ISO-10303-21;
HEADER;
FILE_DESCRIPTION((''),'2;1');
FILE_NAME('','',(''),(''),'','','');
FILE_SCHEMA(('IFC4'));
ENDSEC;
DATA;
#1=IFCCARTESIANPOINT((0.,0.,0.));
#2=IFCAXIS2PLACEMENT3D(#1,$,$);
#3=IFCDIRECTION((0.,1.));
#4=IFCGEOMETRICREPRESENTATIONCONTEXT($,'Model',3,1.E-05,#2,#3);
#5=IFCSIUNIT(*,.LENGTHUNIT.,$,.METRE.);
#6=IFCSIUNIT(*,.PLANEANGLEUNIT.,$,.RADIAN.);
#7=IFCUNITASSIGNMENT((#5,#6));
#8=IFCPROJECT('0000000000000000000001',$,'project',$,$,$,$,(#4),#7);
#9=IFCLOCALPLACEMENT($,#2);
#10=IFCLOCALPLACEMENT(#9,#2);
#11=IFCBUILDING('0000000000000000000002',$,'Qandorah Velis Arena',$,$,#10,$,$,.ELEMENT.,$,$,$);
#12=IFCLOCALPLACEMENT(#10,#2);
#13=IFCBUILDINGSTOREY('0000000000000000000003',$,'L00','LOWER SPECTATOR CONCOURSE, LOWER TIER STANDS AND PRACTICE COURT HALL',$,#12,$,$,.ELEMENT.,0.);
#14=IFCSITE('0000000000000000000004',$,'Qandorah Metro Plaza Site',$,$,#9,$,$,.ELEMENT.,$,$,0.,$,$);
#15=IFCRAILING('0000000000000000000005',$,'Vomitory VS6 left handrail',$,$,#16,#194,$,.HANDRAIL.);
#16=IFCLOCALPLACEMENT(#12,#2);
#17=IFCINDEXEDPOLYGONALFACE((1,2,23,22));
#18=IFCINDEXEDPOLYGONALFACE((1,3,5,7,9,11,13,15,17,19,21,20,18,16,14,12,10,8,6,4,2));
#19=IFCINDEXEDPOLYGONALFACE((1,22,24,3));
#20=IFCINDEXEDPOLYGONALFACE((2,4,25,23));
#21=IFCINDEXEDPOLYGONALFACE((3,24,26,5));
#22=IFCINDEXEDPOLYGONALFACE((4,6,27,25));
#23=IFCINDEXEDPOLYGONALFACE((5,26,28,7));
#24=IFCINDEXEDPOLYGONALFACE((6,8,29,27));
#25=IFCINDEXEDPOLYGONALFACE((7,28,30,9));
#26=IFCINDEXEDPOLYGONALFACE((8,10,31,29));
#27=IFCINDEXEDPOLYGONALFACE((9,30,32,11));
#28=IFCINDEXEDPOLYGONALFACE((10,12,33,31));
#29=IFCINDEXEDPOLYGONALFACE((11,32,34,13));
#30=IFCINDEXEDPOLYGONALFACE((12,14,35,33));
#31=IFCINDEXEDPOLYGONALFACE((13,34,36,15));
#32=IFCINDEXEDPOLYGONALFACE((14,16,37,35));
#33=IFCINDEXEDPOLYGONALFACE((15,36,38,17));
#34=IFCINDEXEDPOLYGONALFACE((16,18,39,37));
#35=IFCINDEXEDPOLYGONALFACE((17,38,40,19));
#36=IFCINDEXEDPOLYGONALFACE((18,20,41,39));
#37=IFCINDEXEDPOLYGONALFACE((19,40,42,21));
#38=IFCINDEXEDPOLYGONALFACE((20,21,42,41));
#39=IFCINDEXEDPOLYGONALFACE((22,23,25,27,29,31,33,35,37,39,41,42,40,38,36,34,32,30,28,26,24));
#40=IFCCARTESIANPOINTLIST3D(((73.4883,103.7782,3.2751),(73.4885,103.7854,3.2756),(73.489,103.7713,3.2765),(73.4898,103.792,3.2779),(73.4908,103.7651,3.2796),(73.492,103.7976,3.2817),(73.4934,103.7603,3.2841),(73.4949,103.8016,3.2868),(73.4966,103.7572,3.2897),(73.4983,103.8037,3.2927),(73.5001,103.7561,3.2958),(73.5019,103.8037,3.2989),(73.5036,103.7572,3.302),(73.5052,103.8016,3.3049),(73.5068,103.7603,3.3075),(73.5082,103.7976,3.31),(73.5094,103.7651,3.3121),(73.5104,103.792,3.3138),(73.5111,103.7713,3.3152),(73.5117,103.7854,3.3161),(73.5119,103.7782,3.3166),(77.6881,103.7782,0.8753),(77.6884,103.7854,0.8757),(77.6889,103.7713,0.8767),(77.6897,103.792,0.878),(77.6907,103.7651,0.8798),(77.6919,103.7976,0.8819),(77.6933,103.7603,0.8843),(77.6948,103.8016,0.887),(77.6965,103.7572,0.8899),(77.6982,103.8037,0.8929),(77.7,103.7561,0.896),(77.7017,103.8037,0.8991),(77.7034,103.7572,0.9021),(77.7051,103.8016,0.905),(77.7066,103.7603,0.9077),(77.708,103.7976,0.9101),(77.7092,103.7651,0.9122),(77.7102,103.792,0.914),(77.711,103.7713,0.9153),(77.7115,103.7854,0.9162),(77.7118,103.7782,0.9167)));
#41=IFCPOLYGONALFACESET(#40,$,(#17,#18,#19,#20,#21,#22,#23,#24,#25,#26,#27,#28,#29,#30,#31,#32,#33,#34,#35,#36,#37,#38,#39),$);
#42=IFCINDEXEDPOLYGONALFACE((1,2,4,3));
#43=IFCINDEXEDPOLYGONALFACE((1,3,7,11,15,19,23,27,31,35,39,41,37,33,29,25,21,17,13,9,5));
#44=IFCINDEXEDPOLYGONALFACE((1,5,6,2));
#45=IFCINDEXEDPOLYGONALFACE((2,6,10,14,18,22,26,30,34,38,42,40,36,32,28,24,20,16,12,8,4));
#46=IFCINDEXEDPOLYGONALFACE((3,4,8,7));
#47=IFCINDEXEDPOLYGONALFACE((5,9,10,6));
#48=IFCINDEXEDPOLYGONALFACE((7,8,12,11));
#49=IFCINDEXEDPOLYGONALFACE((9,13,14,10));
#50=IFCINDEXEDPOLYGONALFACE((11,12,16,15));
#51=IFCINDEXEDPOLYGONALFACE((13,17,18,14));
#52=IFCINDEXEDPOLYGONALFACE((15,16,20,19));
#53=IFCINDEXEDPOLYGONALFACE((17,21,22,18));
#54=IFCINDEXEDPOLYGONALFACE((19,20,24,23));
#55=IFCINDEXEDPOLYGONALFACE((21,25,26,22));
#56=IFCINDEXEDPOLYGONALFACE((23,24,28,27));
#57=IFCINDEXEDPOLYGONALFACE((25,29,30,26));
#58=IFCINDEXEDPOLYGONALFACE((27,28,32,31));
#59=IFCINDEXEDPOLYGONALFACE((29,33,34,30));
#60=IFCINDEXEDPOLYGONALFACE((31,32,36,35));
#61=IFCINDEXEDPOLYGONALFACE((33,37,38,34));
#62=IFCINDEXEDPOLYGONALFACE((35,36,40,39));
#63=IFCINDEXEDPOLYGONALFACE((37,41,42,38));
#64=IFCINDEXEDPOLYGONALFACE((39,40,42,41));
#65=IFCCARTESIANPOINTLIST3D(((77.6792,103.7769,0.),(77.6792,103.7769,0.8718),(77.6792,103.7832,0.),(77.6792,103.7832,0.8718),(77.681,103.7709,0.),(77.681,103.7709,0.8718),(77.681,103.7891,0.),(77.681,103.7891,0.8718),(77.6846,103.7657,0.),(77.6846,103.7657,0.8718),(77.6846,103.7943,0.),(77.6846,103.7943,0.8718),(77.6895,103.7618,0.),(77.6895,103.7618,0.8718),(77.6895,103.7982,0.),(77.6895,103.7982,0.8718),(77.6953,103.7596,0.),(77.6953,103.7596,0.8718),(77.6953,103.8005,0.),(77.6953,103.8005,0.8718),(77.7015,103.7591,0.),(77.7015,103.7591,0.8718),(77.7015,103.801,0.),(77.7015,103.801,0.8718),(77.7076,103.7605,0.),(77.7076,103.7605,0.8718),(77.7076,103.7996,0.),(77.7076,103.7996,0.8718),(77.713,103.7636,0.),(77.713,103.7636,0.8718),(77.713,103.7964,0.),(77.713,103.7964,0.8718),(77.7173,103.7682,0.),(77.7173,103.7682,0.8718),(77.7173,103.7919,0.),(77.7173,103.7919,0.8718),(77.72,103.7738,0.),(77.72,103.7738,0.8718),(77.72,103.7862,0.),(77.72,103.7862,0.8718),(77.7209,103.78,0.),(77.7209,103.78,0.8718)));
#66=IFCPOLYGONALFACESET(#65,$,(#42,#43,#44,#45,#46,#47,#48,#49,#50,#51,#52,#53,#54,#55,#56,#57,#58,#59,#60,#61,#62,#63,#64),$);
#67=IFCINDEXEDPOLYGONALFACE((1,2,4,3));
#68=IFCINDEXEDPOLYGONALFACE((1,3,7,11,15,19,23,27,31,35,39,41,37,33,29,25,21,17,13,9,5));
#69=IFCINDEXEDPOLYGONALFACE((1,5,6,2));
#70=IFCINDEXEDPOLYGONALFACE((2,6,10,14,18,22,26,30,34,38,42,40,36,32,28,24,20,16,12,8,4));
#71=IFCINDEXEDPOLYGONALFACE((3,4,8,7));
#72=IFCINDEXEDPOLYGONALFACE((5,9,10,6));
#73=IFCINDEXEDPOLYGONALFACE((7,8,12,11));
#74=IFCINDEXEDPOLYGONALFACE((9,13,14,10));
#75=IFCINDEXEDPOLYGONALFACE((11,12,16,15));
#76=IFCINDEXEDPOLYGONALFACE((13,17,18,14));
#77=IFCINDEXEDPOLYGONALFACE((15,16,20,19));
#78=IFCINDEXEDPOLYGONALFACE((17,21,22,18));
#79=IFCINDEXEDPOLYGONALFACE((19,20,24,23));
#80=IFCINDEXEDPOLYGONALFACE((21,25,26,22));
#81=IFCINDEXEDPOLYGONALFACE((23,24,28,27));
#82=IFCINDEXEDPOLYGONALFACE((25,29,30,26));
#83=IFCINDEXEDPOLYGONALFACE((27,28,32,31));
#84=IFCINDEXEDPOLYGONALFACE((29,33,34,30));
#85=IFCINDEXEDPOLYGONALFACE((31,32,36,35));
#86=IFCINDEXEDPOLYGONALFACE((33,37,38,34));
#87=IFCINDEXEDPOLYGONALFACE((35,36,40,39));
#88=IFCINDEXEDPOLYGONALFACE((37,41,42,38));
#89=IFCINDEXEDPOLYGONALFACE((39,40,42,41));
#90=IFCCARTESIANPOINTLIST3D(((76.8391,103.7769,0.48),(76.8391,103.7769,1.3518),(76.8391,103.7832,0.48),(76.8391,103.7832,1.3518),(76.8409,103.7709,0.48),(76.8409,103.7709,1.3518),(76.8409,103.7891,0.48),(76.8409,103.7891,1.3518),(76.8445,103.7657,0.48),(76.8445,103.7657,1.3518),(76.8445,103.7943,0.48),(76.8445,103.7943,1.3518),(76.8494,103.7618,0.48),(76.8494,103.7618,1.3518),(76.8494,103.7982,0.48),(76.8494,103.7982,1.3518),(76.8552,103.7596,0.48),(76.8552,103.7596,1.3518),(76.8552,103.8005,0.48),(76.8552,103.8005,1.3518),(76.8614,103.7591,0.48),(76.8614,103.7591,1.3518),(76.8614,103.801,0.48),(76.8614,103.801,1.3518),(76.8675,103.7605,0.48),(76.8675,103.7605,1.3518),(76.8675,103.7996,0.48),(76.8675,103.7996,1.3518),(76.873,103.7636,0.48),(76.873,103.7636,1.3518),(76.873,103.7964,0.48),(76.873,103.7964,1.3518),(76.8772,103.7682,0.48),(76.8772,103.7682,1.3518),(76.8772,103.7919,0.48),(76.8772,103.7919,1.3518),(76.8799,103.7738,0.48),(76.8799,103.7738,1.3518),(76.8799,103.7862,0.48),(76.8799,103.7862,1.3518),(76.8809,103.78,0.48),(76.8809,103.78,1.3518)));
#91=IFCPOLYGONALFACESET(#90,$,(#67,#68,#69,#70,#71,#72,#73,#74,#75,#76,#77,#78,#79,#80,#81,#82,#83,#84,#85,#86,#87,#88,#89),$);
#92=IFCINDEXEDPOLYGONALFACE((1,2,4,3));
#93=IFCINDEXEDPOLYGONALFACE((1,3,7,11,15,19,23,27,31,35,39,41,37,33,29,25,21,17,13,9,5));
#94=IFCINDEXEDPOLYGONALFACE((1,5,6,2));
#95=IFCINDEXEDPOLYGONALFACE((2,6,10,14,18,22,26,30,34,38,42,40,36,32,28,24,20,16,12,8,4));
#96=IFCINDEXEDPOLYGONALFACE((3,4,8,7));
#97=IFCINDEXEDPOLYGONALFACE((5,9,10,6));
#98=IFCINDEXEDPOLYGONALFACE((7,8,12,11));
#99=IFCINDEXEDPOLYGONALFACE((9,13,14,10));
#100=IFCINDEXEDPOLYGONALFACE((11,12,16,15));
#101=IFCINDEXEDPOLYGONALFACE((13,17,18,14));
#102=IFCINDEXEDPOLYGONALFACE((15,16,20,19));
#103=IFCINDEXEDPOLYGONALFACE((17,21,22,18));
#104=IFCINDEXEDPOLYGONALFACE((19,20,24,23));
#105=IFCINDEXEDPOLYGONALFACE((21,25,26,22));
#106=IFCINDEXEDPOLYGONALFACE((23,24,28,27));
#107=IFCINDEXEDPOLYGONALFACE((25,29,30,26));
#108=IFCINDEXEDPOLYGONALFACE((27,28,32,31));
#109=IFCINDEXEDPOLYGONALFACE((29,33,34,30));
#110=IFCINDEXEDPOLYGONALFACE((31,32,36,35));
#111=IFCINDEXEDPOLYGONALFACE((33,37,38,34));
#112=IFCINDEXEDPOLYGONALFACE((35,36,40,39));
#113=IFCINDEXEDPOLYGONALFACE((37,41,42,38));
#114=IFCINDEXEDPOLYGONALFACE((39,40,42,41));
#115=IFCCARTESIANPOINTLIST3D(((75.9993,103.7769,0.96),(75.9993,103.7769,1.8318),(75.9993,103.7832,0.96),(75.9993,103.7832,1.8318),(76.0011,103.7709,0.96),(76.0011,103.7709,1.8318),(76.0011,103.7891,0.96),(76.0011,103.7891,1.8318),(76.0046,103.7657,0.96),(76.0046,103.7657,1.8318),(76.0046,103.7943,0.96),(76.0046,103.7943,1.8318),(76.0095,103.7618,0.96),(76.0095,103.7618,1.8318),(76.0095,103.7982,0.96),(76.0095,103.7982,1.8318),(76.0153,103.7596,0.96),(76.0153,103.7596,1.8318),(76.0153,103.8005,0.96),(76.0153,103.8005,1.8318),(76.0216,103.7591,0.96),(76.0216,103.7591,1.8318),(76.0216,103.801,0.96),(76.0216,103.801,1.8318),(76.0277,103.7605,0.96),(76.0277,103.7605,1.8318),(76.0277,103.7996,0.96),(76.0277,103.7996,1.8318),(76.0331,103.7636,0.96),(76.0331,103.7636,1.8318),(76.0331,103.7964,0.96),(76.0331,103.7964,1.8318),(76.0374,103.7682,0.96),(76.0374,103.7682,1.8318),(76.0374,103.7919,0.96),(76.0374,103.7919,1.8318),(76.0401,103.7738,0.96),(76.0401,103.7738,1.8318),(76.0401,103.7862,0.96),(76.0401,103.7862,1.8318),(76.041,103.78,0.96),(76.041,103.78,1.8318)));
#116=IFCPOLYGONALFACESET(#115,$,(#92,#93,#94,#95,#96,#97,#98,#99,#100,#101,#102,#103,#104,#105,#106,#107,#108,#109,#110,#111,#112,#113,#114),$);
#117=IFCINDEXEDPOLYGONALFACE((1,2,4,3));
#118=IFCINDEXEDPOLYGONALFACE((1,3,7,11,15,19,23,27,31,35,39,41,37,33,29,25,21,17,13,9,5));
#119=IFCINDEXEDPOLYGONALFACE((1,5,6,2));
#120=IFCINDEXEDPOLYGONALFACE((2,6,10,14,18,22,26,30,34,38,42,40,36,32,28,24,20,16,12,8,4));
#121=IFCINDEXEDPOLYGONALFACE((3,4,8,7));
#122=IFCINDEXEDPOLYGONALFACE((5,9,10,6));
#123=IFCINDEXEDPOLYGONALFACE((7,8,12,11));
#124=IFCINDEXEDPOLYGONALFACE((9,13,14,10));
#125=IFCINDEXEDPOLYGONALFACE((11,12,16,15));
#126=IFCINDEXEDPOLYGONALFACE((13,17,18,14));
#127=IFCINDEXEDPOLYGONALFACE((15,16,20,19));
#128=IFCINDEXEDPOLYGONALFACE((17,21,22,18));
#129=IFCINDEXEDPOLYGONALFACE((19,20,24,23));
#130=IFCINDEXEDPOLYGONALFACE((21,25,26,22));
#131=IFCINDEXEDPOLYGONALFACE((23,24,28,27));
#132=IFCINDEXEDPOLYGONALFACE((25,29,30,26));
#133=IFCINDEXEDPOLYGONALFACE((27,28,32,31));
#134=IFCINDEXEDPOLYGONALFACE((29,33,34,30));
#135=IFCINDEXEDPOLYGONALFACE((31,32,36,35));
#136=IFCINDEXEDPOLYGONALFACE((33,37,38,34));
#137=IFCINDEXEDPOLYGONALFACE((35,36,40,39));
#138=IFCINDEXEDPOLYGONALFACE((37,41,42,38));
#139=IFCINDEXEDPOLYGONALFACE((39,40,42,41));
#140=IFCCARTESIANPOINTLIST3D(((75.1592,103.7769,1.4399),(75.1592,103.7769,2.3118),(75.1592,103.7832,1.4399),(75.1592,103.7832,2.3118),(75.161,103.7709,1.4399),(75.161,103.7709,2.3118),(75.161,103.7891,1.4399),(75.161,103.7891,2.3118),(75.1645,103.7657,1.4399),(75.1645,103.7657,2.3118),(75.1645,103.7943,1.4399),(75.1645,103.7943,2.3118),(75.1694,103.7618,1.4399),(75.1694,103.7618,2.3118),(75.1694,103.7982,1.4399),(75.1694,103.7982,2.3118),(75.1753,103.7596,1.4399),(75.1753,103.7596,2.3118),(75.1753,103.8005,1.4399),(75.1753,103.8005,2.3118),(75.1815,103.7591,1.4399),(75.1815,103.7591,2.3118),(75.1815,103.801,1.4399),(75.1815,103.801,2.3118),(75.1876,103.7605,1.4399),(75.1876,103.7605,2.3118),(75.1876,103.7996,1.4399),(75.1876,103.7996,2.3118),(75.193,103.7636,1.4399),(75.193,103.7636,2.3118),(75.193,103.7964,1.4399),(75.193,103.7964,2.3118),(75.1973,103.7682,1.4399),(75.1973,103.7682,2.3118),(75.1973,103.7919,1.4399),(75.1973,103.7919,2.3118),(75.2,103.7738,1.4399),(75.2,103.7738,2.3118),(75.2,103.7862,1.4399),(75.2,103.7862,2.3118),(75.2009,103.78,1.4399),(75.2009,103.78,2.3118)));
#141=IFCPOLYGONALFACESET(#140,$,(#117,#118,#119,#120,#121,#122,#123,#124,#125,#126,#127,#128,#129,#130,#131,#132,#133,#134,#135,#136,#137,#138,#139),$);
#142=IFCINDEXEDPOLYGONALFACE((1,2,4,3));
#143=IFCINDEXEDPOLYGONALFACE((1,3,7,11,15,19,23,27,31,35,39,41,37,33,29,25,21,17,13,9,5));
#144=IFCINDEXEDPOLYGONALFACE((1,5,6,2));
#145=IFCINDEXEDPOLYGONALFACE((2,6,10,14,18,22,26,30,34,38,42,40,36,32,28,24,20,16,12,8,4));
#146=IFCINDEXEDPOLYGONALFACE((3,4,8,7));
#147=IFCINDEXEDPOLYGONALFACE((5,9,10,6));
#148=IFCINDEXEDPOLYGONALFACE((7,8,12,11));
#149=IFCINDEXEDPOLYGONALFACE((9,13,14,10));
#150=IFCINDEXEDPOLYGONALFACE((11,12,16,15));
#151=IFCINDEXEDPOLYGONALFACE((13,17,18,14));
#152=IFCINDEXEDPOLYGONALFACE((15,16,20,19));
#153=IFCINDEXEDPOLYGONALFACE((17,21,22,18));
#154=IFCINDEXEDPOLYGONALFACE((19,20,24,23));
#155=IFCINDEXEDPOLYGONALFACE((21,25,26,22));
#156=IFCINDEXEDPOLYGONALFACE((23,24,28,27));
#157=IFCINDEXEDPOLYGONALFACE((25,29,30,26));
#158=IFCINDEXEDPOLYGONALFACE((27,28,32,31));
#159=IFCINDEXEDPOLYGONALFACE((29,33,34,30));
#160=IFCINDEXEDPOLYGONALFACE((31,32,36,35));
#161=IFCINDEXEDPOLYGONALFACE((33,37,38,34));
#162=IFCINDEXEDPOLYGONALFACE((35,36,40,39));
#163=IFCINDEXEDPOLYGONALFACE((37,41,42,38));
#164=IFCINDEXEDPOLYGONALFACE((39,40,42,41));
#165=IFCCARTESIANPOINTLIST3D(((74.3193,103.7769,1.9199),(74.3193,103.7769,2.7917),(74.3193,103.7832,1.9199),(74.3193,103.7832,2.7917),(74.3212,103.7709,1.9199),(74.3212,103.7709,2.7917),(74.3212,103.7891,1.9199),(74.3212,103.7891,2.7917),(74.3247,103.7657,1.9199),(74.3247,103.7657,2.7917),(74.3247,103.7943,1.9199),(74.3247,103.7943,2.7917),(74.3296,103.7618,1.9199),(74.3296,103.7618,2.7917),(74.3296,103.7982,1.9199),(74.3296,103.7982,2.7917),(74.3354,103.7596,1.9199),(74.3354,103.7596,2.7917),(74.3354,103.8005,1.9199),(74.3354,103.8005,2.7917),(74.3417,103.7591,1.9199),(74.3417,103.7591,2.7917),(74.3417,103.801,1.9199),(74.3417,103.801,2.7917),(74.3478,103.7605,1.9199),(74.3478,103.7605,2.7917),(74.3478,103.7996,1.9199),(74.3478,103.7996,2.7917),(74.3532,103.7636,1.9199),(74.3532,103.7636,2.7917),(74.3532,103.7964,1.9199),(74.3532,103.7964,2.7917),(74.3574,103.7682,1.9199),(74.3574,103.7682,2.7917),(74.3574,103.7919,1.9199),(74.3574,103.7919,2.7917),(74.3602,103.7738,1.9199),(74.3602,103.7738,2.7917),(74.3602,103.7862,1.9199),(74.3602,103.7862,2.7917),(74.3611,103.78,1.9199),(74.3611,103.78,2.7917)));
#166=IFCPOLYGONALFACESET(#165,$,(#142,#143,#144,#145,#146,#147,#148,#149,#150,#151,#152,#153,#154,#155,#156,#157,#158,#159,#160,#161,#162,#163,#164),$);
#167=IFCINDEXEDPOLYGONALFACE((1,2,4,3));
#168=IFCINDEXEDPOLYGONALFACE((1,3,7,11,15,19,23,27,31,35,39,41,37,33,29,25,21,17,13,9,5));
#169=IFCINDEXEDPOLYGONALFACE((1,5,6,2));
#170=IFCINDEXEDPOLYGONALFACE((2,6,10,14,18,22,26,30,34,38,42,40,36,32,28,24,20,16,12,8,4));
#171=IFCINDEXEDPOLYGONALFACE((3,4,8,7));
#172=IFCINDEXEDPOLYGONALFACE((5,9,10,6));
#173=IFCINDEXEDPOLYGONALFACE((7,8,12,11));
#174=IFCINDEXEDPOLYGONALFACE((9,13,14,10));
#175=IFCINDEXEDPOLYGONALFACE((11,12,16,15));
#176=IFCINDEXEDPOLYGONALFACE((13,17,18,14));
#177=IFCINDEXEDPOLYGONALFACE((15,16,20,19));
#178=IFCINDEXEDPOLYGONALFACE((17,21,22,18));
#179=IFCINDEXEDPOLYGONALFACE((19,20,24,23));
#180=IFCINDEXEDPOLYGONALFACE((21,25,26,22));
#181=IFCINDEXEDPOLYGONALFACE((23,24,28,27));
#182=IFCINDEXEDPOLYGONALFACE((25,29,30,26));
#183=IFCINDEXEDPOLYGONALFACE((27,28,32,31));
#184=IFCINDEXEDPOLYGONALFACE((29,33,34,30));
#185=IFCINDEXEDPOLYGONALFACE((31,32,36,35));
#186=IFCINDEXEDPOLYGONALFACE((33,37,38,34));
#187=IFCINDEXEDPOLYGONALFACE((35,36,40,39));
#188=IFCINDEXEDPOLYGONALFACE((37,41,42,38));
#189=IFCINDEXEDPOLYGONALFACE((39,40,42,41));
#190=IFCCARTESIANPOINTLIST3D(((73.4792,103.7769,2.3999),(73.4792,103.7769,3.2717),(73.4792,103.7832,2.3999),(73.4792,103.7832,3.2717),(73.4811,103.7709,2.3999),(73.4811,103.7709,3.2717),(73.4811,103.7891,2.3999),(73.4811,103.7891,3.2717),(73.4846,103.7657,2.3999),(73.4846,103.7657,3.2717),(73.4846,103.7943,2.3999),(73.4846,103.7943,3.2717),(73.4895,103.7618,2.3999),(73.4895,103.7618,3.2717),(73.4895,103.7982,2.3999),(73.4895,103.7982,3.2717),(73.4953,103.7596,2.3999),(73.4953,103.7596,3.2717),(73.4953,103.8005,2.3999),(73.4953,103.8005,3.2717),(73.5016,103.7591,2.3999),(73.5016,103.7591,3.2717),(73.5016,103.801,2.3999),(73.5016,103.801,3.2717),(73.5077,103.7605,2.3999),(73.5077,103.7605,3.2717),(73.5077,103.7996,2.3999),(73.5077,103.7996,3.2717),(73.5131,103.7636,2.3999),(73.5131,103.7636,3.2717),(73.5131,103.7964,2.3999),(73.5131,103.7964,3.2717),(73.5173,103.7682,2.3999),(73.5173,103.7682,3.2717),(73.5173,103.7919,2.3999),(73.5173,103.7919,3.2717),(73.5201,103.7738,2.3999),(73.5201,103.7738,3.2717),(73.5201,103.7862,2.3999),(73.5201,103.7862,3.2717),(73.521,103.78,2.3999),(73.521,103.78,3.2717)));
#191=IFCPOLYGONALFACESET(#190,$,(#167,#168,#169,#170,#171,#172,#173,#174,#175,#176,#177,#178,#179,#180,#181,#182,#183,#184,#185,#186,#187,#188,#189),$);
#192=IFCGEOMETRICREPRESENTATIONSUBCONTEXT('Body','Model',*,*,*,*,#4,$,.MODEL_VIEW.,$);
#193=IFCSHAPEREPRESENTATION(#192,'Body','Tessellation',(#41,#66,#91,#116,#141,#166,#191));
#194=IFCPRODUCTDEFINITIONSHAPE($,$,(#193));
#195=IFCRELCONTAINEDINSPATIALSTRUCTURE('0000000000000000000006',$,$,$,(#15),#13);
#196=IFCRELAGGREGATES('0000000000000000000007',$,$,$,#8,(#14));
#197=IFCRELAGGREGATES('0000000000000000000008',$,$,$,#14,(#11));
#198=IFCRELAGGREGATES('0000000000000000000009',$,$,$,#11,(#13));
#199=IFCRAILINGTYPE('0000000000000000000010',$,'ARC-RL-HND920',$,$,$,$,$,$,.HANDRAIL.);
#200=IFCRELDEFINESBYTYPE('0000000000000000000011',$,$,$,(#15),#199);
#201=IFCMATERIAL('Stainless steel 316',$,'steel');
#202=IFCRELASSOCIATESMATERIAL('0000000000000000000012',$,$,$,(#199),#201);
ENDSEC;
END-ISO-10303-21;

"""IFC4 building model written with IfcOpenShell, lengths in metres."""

from ifc_helpers import new_model, si_unit, direction, frame, origin, origin_2d, place, context, subcontext, project, spatial, circle, extrude, material, type_object, element, save


model = new_model("IFC4")

# Units and contexts
model_context = context("Model", 3, precision=1e-05, world=origin(), true_north=direction((0.0, 1.0)))
body_context = subcontext(model_context, "Body", "Model", "MODEL_VIEW")
ifc_project = project(units=[si_unit("LENGTHUNIT", "METRE"), si_unit("PLANEANGLEUNIT", "RADIAN")], contexts=[model_context])

# Site, building, storey
site_placement = place(None, origin())
site = spatial("IfcSite", under=ifc_project, at=site_placement, Name="Qandorah Metro Plaza Site", CompositionType="ELEMENT", RefElevation=0.0)
building_placement = place(site_placement, origin())
building = spatial("IfcBuilding", under=site, at=building_placement, Name="Qandorah Velis Arena", CompositionType="ELEMENT")
storey_placement = place(building_placement, origin())
storey = spatial("IfcBuildingStorey", under=building, at=storey_placement, Name="L00", Description="LOWER SPECTATOR CONCOURSE, LOWER TIER STANDS AND PRACTICE COURT HALL", CompositionType="ELEMENT", Elevation=0.0)

# Railing
ifc_material_1 = material(Name="Stainless steel 316", Category="steel")
railing_type_1 = type_object("IfcRailingType", Name="ARC-RL-HND920", PredefinedType="HANDRAIL", material=ifc_material_1)
for number, where, name in (
    (1, (77.7, 103.78, 0.0), "Vomitory VS6 left handrail"),
):
    element("IfcRailing", number, at=place(storey_placement, frame(where)), inside=storey, type_object=railing_type_1, Name=name, PredefinedType="HANDRAIL", context=body_context, shape_type="SweptSolid", body=[
        extrude(circle(Radius=0.0239, at=origin_2d()), frame((0.0, 0.0, 0.896), z_axis=(-0.868249, 0.0, 0.496128), x_axis=(0.0, -1.0, 0.0)), (0.0, 0.0, 1.0), 4.8372),
        extrude(circle(Radius=0.021, at=origin_2d()), origin(), (0.0, 0.0, 1.0), 0.8718),
        extrude(circle(Radius=0.021, at=origin_2d()), frame((-0.8401, 0.0, 0.48)), (0.0, 0.0, 1.0), 0.8718),
        extrude(circle(Radius=0.021, at=origin_2d()), frame((-1.6799, 0.0, 0.96)), (0.0, 0.0, 1.0), 0.8718),
        extrude(circle(Radius=0.021, at=origin_2d()), frame((-2.52, 0.0, 1.4399)), (0.0, 0.0, 1.0), 0.8718),
        extrude(circle(Radius=0.021, at=origin_2d()), frame((-3.3599, 0.0, 1.9199)), (0.0, 0.0, 1.0), 0.8718),
        extrude(circle(Radius=0.021, at=origin_2d()), frame((-4.2, 0.0, 2.3999)), (0.0, 0.0, 1.0), 0.8718),
    ])

save(model, "model.ifc")
